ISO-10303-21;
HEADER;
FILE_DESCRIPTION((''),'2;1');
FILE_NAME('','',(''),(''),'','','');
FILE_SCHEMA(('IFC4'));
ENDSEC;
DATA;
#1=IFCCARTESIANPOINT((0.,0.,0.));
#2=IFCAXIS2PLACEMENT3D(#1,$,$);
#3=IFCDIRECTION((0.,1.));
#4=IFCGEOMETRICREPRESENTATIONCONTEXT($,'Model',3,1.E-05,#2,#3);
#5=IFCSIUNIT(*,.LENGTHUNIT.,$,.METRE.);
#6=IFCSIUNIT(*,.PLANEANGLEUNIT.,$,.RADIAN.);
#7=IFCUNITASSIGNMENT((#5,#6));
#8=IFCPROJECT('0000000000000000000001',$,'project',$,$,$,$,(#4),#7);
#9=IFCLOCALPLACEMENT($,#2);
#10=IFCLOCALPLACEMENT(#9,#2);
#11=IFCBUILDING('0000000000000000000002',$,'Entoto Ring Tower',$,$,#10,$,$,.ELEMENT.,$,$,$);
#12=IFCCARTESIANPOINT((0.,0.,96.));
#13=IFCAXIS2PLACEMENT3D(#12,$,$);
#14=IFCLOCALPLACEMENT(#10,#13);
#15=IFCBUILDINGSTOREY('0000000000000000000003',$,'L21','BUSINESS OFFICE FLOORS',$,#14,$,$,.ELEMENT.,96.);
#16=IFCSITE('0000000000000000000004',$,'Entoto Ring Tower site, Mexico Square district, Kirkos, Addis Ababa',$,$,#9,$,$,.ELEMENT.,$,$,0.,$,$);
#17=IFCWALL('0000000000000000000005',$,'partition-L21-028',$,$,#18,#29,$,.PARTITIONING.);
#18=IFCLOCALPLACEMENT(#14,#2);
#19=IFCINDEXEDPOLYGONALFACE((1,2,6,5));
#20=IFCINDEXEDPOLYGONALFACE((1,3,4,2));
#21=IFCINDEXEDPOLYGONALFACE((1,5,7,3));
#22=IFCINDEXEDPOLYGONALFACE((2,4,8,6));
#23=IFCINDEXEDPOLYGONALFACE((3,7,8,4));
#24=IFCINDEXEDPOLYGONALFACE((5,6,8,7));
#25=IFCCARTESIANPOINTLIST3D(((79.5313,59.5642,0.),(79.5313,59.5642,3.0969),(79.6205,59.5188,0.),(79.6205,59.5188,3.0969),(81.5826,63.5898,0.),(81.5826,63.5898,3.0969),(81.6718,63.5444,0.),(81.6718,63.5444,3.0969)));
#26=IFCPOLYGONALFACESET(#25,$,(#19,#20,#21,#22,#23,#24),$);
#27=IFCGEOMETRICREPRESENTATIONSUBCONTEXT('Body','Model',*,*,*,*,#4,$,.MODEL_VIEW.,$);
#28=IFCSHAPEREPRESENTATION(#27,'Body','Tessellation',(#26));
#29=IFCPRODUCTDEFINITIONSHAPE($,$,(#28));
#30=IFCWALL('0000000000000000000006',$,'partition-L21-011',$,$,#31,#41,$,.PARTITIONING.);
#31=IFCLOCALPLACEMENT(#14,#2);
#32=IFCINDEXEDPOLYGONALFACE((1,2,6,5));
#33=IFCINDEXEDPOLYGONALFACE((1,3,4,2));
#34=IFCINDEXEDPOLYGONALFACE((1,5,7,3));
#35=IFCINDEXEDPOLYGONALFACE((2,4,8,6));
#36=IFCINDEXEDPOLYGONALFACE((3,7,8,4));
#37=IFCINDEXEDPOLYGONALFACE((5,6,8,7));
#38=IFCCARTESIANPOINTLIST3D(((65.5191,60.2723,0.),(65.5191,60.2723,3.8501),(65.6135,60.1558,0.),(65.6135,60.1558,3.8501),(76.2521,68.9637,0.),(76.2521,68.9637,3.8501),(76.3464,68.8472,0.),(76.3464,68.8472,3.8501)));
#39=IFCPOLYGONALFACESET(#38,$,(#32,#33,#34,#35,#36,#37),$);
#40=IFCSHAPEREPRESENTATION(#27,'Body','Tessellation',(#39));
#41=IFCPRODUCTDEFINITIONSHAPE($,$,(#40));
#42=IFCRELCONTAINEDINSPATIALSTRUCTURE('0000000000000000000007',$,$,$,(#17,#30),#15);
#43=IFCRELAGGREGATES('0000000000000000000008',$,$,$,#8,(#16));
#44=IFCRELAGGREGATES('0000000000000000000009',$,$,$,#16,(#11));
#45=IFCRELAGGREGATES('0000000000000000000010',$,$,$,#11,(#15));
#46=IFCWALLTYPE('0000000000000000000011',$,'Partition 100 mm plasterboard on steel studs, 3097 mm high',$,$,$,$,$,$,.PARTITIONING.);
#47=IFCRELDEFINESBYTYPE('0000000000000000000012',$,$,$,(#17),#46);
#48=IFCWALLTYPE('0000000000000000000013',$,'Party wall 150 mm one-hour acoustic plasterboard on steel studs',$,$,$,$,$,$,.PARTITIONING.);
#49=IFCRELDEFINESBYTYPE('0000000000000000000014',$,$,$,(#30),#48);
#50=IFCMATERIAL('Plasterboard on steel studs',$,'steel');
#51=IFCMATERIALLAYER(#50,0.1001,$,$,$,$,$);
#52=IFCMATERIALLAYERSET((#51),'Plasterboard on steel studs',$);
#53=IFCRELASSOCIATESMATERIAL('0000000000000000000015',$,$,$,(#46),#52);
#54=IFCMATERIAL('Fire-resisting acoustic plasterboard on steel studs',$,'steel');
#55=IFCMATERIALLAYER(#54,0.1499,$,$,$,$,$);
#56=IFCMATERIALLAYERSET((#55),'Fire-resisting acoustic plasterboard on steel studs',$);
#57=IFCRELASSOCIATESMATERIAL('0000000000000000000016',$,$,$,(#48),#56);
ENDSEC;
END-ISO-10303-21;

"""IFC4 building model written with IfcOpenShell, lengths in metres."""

from ifc_helpers import new_model, si_unit, direction, frame, frame_2d, origin, place, context, subcontext, project, spatial, rectangle, extrude, material, layer, layer_set, type_object, element, save


model = new_model("IFC4")

# Units and contexts
model_context = context("Model", 3, precision=1e-05, world=origin(), true_north=direction((0.0, 1.0)))
body_context = subcontext(model_context, "Body", "Model", "MODEL_VIEW")
ifc_project = project(units=[si_unit("LENGTHUNIT", "METRE"), si_unit("PLANEANGLEUNIT", "RADIAN")], contexts=[model_context])

# Site, building, storey
site_placement = place(None, origin())
site = spatial("IfcSite", under=ifc_project, at=site_placement, Name="Entoto Ring Tower site, Mexico Square district, Kirkos, Addis Ababa", CompositionType="ELEMENT", RefElevation=0.0)
building_placement = place(site_placement, origin())
building = spatial("IfcBuilding", under=site, at=building_placement, Name="Entoto Ring Tower", CompositionType="ELEMENT")
storey_placement = place(building_placement, frame((0.0, 0.0, 96.0)))
storey = spatial("IfcBuildingStorey", under=building, at=storey_placement, Name="L21", Description="BUSINESS OFFICE FLOORS", CompositionType="ELEMENT", Elevation=96.0)

# Walls
ifc_material_1 = material(Name="Plasterboard on steel studs", Category="steel")
ifc_layer_1 = layer(ifc_material_1, 0.1001)
ifc_layer_set_1 = layer_set([ifc_layer_1], Name="Plasterboard on steel studs")
wall_type_1 = type_object("IfcWallType", Name="Partition 100 mm plasterboard on steel studs, 3097 mm high", PredefinedType="PARTITIONING", material=ifc_layer_set_1)
wall_1_placement = place(storey_placement, frame((79.5759, 59.5415, 0.0), z_axis=(0.0, 0.0, 1.0), x_axis=(0.454009, 0.890997, 0.0)))
element("IfcWall", 1, at=wall_1_placement, inside=storey, type_object=wall_type_1, Name="partition-L21-028", PredefinedType="PARTITIONING", context=body_context, shape_type="SweptSolid", body=[
    extrude(rectangle(XDim=4.5181, YDim=0.1001, at=frame_2d((2.259, 0.0))), origin(), (0.0, 0.0, 1.0), 3.0969),
])
ifc_material_2 = material(Name="Fire-resisting acoustic plasterboard on steel studs", Category="steel")
ifc_layer_2 = layer(ifc_material_2, 0.1499)
ifc_layer_set_2 = layer_set([ifc_layer_2], Name="Fire-resisting acoustic plasterboard on steel studs")
wall_type_2 = type_object("IfcWallType", Name="Party wall 150 mm one-hour acoustic plasterboard on steel studs", PredefinedType="PARTITIONING", material=ifc_layer_set_2)
wall_2_placement = place(storey_placement, frame((65.5664, 60.2141, 0.0), z_axis=(0.0, 0.0, 1.0), x_axis=(0.777144, 0.629323, 0.0)))
element("IfcWall", 2, at=wall_2_placement, inside=storey, type_object=wall_type_2, Name="partition-L21-011", PredefinedType="PARTITIONING", context=body_context, shape_type="SweptSolid", body=[
    extrude(rectangle(XDim=13.8108, YDim=0.1499, at=frame_2d((6.9053, 0.0))), origin(), (0.0, 0.0, 1.0), 3.8501),
])

save(model, "model.ifc")
